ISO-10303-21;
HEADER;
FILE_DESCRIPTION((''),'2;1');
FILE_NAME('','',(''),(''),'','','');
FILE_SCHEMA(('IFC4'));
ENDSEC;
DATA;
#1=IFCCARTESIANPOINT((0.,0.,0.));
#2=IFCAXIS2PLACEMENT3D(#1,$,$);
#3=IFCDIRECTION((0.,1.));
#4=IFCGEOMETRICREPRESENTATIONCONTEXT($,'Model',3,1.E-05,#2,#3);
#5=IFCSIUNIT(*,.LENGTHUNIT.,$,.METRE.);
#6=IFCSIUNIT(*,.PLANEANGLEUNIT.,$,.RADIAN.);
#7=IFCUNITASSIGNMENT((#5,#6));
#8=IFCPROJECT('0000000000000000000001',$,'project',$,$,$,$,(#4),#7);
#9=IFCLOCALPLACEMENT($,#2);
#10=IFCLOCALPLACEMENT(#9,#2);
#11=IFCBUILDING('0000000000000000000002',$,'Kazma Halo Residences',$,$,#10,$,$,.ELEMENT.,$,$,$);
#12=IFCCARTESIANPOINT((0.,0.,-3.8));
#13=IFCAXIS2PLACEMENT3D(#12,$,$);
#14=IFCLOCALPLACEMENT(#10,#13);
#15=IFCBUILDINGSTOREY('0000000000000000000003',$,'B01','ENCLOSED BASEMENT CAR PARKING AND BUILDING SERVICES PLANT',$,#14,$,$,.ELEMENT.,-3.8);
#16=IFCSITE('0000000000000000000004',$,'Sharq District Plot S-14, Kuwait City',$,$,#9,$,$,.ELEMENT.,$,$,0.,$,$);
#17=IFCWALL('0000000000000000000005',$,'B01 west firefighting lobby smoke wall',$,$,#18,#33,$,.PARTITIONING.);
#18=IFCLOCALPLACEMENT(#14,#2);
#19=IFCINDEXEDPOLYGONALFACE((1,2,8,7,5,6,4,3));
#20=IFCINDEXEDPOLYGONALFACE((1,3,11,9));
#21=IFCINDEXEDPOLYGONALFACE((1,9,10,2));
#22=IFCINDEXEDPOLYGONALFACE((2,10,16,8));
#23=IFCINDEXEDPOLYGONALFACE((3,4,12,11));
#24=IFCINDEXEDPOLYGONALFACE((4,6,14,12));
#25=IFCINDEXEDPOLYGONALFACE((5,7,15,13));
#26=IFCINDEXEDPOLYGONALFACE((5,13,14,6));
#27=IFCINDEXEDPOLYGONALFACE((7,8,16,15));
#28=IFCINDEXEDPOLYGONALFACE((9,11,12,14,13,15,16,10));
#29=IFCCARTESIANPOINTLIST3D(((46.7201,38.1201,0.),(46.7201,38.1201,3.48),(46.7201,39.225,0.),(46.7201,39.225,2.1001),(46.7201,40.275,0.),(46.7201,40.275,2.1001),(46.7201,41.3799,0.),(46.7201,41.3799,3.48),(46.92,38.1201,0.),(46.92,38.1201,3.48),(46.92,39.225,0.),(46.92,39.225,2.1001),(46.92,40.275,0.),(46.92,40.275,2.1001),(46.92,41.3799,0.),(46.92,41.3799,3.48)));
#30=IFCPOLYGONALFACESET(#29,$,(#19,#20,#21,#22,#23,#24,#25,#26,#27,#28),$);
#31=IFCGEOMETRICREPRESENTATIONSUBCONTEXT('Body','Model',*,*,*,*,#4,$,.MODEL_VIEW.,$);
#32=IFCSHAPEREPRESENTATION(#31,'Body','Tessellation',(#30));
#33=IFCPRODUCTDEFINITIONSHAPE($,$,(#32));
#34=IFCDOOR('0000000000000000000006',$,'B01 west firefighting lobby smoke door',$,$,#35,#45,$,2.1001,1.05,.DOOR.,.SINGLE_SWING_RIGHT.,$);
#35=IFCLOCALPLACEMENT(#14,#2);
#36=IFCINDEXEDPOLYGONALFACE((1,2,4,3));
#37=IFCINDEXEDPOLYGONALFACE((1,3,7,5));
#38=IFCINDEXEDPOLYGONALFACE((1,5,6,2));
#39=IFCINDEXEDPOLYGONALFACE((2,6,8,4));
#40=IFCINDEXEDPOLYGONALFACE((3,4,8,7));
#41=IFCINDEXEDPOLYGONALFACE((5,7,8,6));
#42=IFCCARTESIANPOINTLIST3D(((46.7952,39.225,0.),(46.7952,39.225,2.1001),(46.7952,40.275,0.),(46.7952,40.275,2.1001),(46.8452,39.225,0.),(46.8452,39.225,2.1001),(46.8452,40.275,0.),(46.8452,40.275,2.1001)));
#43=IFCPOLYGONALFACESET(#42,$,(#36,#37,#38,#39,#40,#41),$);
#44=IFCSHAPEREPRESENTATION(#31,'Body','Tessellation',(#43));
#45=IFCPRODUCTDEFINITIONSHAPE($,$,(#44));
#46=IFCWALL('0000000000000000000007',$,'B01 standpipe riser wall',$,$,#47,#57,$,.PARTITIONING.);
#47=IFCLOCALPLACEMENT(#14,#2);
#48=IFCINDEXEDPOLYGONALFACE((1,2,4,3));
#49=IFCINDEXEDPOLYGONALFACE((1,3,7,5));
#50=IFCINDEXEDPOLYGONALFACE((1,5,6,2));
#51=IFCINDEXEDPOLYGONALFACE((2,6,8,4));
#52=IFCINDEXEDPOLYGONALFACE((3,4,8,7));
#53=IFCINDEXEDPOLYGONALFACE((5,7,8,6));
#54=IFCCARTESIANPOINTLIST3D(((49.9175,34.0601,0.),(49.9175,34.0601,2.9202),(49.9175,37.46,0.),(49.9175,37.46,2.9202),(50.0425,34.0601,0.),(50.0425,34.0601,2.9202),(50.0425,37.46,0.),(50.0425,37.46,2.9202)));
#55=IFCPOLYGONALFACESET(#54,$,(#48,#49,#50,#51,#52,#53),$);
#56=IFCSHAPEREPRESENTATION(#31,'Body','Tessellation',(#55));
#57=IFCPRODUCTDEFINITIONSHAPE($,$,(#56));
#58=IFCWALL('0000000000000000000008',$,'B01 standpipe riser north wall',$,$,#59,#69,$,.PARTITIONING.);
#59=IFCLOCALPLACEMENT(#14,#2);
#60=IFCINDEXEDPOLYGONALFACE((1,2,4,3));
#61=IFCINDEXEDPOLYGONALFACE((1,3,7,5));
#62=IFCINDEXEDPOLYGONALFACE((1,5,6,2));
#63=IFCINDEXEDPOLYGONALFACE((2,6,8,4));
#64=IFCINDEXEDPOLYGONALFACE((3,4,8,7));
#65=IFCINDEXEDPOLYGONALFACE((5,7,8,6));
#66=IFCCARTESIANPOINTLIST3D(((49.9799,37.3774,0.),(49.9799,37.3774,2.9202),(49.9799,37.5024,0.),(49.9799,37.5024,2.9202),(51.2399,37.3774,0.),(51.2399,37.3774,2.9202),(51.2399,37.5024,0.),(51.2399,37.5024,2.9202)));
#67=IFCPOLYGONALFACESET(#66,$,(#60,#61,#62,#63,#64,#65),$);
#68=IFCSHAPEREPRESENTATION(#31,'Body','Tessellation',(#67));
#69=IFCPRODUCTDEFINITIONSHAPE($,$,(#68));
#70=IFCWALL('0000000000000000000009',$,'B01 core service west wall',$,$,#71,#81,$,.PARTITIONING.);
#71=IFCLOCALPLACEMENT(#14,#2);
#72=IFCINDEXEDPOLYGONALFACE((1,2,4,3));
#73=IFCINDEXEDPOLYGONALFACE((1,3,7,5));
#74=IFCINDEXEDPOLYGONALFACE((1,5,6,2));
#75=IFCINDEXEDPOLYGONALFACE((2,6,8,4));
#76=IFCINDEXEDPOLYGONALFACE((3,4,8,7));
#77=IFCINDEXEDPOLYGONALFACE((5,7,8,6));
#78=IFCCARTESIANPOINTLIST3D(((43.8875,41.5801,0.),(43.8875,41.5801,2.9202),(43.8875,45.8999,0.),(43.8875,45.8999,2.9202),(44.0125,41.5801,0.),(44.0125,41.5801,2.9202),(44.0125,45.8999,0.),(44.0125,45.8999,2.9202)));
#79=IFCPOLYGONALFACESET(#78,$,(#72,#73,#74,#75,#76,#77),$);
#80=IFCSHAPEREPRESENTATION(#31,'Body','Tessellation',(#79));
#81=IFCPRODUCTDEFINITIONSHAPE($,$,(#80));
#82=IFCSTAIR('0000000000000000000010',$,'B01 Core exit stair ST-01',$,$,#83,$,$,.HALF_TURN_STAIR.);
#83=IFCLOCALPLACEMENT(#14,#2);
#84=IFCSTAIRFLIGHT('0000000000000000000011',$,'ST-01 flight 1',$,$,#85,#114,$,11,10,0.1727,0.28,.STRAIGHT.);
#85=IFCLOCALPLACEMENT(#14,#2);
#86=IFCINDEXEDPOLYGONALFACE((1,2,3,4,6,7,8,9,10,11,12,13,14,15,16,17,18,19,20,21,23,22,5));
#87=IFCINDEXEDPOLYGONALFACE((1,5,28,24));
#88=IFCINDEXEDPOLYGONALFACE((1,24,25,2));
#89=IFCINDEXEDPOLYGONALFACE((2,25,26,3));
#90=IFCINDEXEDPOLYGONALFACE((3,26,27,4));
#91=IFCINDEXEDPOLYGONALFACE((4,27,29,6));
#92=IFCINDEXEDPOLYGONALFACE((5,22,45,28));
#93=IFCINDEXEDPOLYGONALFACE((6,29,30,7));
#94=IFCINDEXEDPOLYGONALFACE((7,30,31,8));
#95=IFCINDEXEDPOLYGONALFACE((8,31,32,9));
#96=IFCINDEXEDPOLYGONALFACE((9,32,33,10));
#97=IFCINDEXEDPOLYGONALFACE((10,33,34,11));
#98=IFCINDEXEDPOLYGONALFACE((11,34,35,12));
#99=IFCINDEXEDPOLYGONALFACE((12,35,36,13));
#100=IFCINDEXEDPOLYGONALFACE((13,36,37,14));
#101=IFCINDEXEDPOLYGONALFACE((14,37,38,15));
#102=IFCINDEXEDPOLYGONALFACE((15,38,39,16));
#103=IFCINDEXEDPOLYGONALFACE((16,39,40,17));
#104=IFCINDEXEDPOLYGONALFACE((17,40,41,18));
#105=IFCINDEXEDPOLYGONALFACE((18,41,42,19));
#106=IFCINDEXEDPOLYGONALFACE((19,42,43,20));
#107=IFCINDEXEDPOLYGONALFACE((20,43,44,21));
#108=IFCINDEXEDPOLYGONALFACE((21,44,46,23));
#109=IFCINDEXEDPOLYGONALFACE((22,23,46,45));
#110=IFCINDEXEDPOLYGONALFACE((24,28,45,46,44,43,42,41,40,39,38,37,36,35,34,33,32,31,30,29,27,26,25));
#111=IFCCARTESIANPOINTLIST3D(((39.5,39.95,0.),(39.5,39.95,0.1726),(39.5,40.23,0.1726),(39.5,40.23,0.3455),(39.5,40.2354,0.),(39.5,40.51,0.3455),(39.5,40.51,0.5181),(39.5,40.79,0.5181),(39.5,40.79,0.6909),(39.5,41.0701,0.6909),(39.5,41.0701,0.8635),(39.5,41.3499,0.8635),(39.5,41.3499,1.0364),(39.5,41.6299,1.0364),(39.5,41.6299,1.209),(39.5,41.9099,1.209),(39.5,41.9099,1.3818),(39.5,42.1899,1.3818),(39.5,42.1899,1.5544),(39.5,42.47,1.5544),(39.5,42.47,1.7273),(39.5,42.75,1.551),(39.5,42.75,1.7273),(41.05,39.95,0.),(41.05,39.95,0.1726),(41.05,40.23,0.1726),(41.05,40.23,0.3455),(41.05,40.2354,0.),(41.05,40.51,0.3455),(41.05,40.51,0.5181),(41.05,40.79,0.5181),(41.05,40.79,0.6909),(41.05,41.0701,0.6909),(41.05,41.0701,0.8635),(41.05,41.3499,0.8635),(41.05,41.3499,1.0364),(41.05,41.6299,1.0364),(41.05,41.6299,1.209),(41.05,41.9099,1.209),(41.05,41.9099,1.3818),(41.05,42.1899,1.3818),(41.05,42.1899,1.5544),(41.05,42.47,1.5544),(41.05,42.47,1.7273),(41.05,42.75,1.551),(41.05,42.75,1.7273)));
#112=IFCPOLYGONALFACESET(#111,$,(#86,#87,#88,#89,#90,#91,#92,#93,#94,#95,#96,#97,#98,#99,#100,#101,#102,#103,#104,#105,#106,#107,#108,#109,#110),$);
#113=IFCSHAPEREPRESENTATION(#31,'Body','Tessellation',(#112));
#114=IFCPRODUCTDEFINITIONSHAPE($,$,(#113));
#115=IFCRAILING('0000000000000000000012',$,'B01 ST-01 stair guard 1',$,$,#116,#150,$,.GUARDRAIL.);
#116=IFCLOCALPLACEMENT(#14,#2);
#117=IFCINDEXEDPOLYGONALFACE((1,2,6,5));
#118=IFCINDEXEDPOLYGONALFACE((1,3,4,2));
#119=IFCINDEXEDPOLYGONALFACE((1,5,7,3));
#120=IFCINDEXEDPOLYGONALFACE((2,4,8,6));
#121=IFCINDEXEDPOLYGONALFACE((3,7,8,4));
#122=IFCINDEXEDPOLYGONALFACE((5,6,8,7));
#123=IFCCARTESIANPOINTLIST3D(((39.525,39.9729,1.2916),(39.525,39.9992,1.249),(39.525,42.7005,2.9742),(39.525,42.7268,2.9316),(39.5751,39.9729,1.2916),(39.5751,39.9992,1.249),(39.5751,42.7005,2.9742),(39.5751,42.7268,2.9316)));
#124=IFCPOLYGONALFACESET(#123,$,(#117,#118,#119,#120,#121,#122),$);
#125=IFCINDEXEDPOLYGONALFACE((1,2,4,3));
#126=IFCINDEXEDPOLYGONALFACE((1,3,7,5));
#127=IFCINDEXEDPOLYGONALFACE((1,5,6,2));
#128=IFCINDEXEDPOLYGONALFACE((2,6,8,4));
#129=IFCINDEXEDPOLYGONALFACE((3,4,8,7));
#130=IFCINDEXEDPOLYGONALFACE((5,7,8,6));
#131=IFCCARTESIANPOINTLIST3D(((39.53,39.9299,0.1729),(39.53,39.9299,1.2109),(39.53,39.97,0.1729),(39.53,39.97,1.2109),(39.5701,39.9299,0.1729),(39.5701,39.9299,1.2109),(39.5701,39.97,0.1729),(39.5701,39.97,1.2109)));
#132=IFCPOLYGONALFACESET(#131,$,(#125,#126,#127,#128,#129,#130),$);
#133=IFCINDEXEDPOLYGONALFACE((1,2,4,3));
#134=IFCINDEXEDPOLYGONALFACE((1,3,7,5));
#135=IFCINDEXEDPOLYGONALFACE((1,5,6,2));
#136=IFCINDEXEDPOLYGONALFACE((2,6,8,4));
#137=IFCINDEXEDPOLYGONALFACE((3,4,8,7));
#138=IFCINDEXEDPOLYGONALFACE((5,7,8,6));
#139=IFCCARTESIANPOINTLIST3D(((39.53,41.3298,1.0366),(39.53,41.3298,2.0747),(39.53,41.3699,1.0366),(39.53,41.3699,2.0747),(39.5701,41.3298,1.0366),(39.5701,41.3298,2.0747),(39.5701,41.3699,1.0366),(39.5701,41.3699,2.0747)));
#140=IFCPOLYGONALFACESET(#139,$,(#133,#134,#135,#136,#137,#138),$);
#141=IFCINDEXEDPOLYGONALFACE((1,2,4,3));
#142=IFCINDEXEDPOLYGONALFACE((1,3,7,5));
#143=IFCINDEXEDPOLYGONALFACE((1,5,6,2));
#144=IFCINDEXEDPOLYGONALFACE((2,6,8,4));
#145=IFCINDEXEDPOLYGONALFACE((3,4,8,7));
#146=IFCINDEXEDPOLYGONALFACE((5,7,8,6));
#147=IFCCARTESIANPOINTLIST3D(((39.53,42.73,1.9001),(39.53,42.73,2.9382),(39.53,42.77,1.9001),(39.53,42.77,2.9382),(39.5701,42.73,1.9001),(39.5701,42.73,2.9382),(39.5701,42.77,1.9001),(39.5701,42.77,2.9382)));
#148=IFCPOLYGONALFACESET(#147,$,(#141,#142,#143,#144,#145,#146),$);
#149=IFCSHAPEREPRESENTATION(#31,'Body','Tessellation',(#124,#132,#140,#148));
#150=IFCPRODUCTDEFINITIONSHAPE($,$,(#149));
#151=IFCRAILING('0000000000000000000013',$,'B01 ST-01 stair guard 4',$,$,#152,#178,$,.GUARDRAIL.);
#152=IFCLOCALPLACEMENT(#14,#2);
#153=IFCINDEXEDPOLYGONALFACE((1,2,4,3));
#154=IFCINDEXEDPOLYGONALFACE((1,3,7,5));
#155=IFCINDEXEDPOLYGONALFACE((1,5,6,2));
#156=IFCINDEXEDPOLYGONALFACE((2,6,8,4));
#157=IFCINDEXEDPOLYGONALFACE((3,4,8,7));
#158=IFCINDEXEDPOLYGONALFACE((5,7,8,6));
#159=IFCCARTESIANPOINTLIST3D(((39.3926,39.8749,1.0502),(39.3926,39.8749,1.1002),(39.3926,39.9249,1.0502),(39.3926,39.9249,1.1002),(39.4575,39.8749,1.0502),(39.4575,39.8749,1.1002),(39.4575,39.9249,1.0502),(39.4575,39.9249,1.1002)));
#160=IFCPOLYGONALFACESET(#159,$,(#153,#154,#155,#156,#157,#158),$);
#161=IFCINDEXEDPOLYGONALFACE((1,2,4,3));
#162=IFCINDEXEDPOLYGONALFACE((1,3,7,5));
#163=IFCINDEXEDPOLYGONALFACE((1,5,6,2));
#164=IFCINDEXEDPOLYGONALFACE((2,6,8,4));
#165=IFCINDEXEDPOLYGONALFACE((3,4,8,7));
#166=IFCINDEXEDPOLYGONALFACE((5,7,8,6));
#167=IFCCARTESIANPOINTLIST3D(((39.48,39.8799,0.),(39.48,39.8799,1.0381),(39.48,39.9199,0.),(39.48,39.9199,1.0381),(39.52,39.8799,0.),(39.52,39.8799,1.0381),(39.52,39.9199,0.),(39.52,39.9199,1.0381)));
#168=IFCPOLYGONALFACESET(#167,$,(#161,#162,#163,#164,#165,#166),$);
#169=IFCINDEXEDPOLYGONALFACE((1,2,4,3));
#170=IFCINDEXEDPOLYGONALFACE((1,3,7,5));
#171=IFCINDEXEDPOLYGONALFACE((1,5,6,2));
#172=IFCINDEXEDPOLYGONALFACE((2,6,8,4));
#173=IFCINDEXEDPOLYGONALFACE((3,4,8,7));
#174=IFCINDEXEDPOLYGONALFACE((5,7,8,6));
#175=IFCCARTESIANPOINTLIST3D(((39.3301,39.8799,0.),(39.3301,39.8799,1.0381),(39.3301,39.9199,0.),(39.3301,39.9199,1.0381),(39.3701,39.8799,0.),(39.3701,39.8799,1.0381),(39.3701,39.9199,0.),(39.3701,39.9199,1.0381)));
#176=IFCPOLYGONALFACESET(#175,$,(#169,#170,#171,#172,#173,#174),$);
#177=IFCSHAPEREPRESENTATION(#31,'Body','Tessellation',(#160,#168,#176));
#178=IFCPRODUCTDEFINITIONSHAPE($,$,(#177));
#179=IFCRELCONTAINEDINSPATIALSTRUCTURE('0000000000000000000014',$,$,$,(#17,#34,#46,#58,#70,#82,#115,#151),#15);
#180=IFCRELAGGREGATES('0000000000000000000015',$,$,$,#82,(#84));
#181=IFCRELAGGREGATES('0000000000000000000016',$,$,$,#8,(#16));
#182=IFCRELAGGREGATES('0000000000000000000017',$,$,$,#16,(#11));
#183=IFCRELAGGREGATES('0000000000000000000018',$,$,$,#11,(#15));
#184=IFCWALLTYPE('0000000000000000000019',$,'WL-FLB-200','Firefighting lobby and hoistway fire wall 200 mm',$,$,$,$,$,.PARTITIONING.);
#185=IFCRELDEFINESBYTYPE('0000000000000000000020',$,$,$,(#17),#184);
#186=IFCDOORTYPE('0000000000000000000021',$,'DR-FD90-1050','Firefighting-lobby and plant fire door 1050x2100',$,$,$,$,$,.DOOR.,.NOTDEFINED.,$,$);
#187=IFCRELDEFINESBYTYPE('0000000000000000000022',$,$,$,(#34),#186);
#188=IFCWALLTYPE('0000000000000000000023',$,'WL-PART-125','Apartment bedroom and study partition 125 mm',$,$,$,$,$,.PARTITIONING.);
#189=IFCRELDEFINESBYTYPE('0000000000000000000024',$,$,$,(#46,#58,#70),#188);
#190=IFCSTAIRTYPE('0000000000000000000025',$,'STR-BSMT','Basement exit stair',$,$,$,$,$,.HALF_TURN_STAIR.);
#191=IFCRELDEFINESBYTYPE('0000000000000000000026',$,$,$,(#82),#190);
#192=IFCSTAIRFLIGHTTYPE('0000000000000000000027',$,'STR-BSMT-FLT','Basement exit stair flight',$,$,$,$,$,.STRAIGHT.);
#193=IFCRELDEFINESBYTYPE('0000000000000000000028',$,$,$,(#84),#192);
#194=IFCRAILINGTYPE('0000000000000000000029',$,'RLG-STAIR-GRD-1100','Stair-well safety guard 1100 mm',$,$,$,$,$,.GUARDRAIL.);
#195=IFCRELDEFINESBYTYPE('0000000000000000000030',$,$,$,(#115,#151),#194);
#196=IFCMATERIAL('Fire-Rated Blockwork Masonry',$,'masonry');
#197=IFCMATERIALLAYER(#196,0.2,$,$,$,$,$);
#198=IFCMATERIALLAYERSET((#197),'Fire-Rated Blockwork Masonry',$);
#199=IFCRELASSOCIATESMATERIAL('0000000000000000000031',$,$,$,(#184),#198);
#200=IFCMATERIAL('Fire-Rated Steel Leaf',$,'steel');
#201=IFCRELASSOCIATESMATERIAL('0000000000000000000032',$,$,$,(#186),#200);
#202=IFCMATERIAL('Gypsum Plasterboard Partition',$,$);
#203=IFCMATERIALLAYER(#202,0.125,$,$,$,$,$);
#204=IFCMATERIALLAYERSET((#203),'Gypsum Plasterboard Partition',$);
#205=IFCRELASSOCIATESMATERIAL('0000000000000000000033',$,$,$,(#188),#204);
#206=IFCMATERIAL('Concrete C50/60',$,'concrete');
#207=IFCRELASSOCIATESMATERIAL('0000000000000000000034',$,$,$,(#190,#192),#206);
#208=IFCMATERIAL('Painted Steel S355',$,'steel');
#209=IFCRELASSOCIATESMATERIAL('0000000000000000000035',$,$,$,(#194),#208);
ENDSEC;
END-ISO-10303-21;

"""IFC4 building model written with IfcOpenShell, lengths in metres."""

from ifc_helpers import new_model, si_unit, direction, frame, frame_2d, origin, origin_2d, place, context, subcontext, project, spatial, polyline, rectangle, outline, extrude, material, layer, layer_set, type_object, element, fill, aggregate, save


model = new_model("IFC4")

# Units and contexts
model_context = context("Model", 3, precision=1e-05, world=origin(), true_north=direction((0.0, 1.0)))
body_context = subcontext(model_context, "Body", "Model", "MODEL_VIEW")
ifc_project = project(units=[si_unit("LENGTHUNIT", "METRE"), si_unit("PLANEANGLEUNIT", "RADIAN")], contexts=[model_context])

# Site, building, storey
site_placement = place(None, origin())
site = spatial("IfcSite", under=ifc_project, at=site_placement, Name="Sharq District Plot S-14, Kuwait City", CompositionType="ELEMENT", RefElevation=0.0)
building_placement = place(site_placement, origin())
building = spatial("IfcBuilding", under=site, at=building_placement, Name="Kazma Halo Residences", CompositionType="ELEMENT")
storey_placement = place(building_placement, frame((0.0, 0.0, -3.8)))
storey = spatial("IfcBuildingStorey", under=building, at=storey_placement, Name="B01", Description="ENCLOSED BASEMENT CAR PARKING AND BUILDING SERVICES PLANT", CompositionType="ELEMENT", Elevation=-3.8)

# Shared definitions
ifc_material_1 = material(Name="Fire-Rated Blockwork Masonry", Category="masonry")
ifc_layer_1 = layer(ifc_material_1, 0.2)
ifc_layer_set_1 = layer_set([ifc_layer_1], Name="Fire-Rated Blockwork Masonry")
wall_type_1 = type_object("IfcWallType", Name="WL-FLB-200", Description="Firefighting lobby and hoistway fire wall 200 mm", PredefinedType="PARTITIONING", material=ifc_layer_set_1)

# Wall, opening, door
wall_1_placement = place(storey_placement, frame((46.8201, 38.1201, 0.0), z_axis=(0.0, 0.0, 1.0), x_axis=(0.0, 1.0, 0.0)))
wall_1 = element("IfcWall", 1, at=wall_1_placement, inside=storey, type_object=wall_type_1, Name="B01 west firefighting lobby smoke wall", PredefinedType="PARTITIONING", context=body_context, shape_type="SweptSolid", body=[
    extrude(rectangle(XDim=3.2598, YDim=0.2, at=frame_2d((1.6299, 0.0))), origin(), (0.0, 0.0, 1.0), 3.48),
])
opening_1_placement = place(wall_1_placement, frame((1.105, 0.0, 0.0)))
opening_1 = element("IfcOpeningElement", 2, at=opening_1_placement, cuts=wall_1, PredefinedType="OPENING", context=body_context, shape_type="SweptSolid", body=[
    extrude(rectangle(XDim=1.05, YDim=2.1001, at=frame_2d((0.5249, 1.05))), frame((0.0, 0.1099, 0.0), z_axis=(0.0, -1.0, 0.0), x_axis=(1.0, 0.0, 0.0)), (0.0, 0.0, 1.0), 0.22),
])
ifc_material_2 = material(Name="Fire-Rated Steel Leaf", Category="steel")
door_type_1 = type_object("IfcDoorType", Name="DR-FD90-1050", Description="Firefighting-lobby and plant fire door 1050x2100", OperationType="NOTDEFINED", PredefinedType="DOOR", material=ifc_material_2)
door_1_placement = place(opening_1_placement, origin())
door_1 = element("IfcDoor", 3, at=door_1_placement, inside=storey, type_object=door_type_1, Name="B01 west firefighting lobby smoke door", OperationType="SINGLE_SWING_RIGHT", OverallHeight=2.1001, OverallWidth=1.05, PredefinedType="DOOR", context=body_context, shape_type="SweptSolid", body=[
    extrude(rectangle(XDim=1.05, YDim=2.1001, at=frame_2d((0.5249, 1.05))), frame((0.0, 0.0249, 0.0), z_axis=(0.0, -1.0, 0.0), x_axis=(1.0, 0.0, 0.0)), (0.0, 0.0, 1.0), 0.05),
])
fill(opening_1, door_1)

# Walls
ifc_material_3 = material(Name="Gypsum Plasterboard Partition")
ifc_layer_2 = layer(ifc_material_3, 0.125)
ifc_layer_set_2 = layer_set([ifc_layer_2], Name="Gypsum Plasterboard Partition")
wall_type_2 = type_object("IfcWallType", Name="WL-PART-125", Description="Apartment bedroom and study partition 125 mm", PredefinedType="PARTITIONING", material=ifc_layer_set_2)
wall_2_placement = place(storey_placement, frame((49.98, 34.0601, 0.0), z_axis=(0.0, 0.0, 1.0), x_axis=(0.0, 1.0, 0.0)))
element("IfcWall", 4, at=wall_2_placement, inside=storey, type_object=wall_type_2, Name="B01 standpipe riser wall", PredefinedType="PARTITIONING", context=body_context, shape_type="SweptSolid", body=[
    extrude(rectangle(XDim=3.3999, YDim=0.125, at=frame_2d((1.7, 0.0))), origin(), (0.0, 0.0, 1.0), 2.9202),
])
wall_3_placement = place(storey_placement, frame((49.98, 37.4399, 0.0), z_axis=(0.0, 0.0, 1.0), x_axis=(1.0, 0.0, 0.0)))
element("IfcWall", 5, at=wall_3_placement, inside=storey, type_object=wall_type_2, Name="B01 standpipe riser north wall", PredefinedType="PARTITIONING", context=body_context, shape_type="SweptSolid", body=[
    extrude(rectangle(XDim=1.26, YDim=0.125, at=frame_2d((0.6299, 0.0))), origin(), (0.0, 0.0, 1.0), 2.9202),
])
wall_4_placement = place(storey_placement, frame((43.95, 41.5801, 0.0), z_axis=(0.0, 0.0, 1.0), x_axis=(0.0, 1.0, 0.0)))
element("IfcWall", 6, at=wall_4_placement, inside=storey, type_object=wall_type_2, Name="B01 core service west wall", PredefinedType="PARTITIONING", context=body_context, shape_type="SweptSolid", body=[
    extrude(rectangle(XDim=4.3198, YDim=0.125, at=frame_2d((2.1599, 0.0))), origin(), (0.0, 0.0, 1.0), 2.9202),
])

# Shared definitions
ifc_material_4 = material(Name="Concrete C50/60", Category="concrete")

# Stair, stair flight
stair_type = type_object("IfcStairType", Name="STR-BSMT", Description="Basement exit stair", PredefinedType="HALF_TURN_STAIR", material=ifc_material_4)
stair_placement = place(storey_placement, origin())
stair = element("IfcStair", 7, at=stair_placement, inside=storey, type_object=stair_type, Name="B01 Core exit stair ST-01", PredefinedType="HALF_TURN_STAIR")
stair_flight_type = type_object("IfcStairFlightType", Name="STR-BSMT-FLT", Description="Basement exit stair flight", PredefinedType="STRAIGHT", material=ifc_material_4)
stair_flight_placement = place(storey_placement, frame((40.2749, 39.95, 0.0), z_axis=(0.0, 0.0, 1.0), x_axis=(0.0, 1.0, 0.0)))
stair_flight = element("IfcStairFlight", 8, at=stair_flight_placement, type_object=stair_flight_type, Name="ST-01 flight 1", NumberOfRisers=11, NumberOfTreads=10, PredefinedType="STRAIGHT", RiserHeight=0.1727, TreadLength=0.28, context=body_context, shape_type="SweptSolid", body=[
    extrude(outline(polyline([(0.0, 0.0), (0.0, 0.1726), (0.28, 0.1726), (0.28, 0.3455), (0.5601, 0.3455), (0.5601, 0.5181), (0.8401, 0.5181), (0.8401, 0.6909), (1.1201, 0.6909), (1.1201, 0.8635), (1.3999, 0.8635), (1.3999, 1.0364), (1.6799, 1.0364), (1.6799, 1.209), (1.96, 1.209), (1.96, 1.3818), (2.24, 1.3818), (2.24, 1.5544), (2.52, 1.5544), (2.52, 1.7273), (2.8, 1.7273), (2.8, 1.8999), (2.8, 1.551), (0.2854, 0.0), (0.0, 0.0)])), frame((0.0, 0.7749, 0.0), z_axis=(0.0, -1.0, 0.0), x_axis=(1.0, 0.0, 0.0)), (0.0, 0.0, 1.0), 1.55),
])
aggregate(stair, [stair_flight])

# Railings
ifc_material_5 = material(Name="Painted Steel S355", Category="steel")
railing_type_1 = type_object("IfcRailingType", Name="RLG-STAIR-GRD-1100", Description="Stair-well safety guard 1100 mm", PredefinedType="GUARDRAIL", material=ifc_material_5)
railing_1_placement = place(storey_placement, frame((39.55, 39.95, 0.1729)))
element("IfcRailing", 9, at=railing_1_placement, inside=storey, type_object=railing_type_1, Name="B01 ST-01 stair guard 1", PredefinedType="GUARDRAIL", context=body_context, shape_type="SweptSolid", body=[
    extrude(rectangle(XDim=0.05, YDim=0.05, at=origin_2d()), frame((0.0, 0.0361, 1.0974), z_axis=(0.0, 0.85109, 0.52502), x_axis=(-1.0, 0.0, 0.0)), (0.0, 0.0, 1.0), 3.2048),
    extrude(rectangle(XDim=0.04, YDim=0.04, at=origin_2d()), origin(), (0.0, 0.0, 1.0), 1.0381),
    extrude(rectangle(XDim=0.04, YDim=0.04, at=origin_2d()), frame((0.0, 1.3999, 0.8638)), (0.0, 0.0, 1.0), 1.0381),
    extrude(rectangle(XDim=0.04, YDim=0.04, at=origin_2d()), frame((0.0, 2.8, 1.7273)), (0.0, 0.0, 1.0), 1.0381),
])
railing_2_placement = place(storey_placement, frame((39.5, 39.8999, 0.0)))
element("IfcRailing", 10, at=railing_2_placement, inside=storey, type_object=railing_type_1, Name="B01 ST-01 stair guard 4", PredefinedType="GUARDRAIL", context=body_context, shape_type="SweptSolid", body=[
    extrude(rectangle(XDim=0.05, YDim=0.05, at=origin_2d()), frame((-0.0425, 0.0, 1.0752), z_axis=(-1.0, 0.0, 0.0), x_axis=(0.0, -1.0, 0.0)), (0.0, 0.0, 1.0), 0.0649),
    extrude(rectangle(XDim=0.04, YDim=0.04, at=origin_2d()), origin(), (0.0, 0.0, 1.0), 1.0381),
    extrude(rectangle(XDim=0.04, YDim=0.04, at=origin_2d()), frame((-0.1499, 0.0, 0.0)), (0.0, 0.0, 1.0), 1.0381),
])

save(model, "model.ifc")
